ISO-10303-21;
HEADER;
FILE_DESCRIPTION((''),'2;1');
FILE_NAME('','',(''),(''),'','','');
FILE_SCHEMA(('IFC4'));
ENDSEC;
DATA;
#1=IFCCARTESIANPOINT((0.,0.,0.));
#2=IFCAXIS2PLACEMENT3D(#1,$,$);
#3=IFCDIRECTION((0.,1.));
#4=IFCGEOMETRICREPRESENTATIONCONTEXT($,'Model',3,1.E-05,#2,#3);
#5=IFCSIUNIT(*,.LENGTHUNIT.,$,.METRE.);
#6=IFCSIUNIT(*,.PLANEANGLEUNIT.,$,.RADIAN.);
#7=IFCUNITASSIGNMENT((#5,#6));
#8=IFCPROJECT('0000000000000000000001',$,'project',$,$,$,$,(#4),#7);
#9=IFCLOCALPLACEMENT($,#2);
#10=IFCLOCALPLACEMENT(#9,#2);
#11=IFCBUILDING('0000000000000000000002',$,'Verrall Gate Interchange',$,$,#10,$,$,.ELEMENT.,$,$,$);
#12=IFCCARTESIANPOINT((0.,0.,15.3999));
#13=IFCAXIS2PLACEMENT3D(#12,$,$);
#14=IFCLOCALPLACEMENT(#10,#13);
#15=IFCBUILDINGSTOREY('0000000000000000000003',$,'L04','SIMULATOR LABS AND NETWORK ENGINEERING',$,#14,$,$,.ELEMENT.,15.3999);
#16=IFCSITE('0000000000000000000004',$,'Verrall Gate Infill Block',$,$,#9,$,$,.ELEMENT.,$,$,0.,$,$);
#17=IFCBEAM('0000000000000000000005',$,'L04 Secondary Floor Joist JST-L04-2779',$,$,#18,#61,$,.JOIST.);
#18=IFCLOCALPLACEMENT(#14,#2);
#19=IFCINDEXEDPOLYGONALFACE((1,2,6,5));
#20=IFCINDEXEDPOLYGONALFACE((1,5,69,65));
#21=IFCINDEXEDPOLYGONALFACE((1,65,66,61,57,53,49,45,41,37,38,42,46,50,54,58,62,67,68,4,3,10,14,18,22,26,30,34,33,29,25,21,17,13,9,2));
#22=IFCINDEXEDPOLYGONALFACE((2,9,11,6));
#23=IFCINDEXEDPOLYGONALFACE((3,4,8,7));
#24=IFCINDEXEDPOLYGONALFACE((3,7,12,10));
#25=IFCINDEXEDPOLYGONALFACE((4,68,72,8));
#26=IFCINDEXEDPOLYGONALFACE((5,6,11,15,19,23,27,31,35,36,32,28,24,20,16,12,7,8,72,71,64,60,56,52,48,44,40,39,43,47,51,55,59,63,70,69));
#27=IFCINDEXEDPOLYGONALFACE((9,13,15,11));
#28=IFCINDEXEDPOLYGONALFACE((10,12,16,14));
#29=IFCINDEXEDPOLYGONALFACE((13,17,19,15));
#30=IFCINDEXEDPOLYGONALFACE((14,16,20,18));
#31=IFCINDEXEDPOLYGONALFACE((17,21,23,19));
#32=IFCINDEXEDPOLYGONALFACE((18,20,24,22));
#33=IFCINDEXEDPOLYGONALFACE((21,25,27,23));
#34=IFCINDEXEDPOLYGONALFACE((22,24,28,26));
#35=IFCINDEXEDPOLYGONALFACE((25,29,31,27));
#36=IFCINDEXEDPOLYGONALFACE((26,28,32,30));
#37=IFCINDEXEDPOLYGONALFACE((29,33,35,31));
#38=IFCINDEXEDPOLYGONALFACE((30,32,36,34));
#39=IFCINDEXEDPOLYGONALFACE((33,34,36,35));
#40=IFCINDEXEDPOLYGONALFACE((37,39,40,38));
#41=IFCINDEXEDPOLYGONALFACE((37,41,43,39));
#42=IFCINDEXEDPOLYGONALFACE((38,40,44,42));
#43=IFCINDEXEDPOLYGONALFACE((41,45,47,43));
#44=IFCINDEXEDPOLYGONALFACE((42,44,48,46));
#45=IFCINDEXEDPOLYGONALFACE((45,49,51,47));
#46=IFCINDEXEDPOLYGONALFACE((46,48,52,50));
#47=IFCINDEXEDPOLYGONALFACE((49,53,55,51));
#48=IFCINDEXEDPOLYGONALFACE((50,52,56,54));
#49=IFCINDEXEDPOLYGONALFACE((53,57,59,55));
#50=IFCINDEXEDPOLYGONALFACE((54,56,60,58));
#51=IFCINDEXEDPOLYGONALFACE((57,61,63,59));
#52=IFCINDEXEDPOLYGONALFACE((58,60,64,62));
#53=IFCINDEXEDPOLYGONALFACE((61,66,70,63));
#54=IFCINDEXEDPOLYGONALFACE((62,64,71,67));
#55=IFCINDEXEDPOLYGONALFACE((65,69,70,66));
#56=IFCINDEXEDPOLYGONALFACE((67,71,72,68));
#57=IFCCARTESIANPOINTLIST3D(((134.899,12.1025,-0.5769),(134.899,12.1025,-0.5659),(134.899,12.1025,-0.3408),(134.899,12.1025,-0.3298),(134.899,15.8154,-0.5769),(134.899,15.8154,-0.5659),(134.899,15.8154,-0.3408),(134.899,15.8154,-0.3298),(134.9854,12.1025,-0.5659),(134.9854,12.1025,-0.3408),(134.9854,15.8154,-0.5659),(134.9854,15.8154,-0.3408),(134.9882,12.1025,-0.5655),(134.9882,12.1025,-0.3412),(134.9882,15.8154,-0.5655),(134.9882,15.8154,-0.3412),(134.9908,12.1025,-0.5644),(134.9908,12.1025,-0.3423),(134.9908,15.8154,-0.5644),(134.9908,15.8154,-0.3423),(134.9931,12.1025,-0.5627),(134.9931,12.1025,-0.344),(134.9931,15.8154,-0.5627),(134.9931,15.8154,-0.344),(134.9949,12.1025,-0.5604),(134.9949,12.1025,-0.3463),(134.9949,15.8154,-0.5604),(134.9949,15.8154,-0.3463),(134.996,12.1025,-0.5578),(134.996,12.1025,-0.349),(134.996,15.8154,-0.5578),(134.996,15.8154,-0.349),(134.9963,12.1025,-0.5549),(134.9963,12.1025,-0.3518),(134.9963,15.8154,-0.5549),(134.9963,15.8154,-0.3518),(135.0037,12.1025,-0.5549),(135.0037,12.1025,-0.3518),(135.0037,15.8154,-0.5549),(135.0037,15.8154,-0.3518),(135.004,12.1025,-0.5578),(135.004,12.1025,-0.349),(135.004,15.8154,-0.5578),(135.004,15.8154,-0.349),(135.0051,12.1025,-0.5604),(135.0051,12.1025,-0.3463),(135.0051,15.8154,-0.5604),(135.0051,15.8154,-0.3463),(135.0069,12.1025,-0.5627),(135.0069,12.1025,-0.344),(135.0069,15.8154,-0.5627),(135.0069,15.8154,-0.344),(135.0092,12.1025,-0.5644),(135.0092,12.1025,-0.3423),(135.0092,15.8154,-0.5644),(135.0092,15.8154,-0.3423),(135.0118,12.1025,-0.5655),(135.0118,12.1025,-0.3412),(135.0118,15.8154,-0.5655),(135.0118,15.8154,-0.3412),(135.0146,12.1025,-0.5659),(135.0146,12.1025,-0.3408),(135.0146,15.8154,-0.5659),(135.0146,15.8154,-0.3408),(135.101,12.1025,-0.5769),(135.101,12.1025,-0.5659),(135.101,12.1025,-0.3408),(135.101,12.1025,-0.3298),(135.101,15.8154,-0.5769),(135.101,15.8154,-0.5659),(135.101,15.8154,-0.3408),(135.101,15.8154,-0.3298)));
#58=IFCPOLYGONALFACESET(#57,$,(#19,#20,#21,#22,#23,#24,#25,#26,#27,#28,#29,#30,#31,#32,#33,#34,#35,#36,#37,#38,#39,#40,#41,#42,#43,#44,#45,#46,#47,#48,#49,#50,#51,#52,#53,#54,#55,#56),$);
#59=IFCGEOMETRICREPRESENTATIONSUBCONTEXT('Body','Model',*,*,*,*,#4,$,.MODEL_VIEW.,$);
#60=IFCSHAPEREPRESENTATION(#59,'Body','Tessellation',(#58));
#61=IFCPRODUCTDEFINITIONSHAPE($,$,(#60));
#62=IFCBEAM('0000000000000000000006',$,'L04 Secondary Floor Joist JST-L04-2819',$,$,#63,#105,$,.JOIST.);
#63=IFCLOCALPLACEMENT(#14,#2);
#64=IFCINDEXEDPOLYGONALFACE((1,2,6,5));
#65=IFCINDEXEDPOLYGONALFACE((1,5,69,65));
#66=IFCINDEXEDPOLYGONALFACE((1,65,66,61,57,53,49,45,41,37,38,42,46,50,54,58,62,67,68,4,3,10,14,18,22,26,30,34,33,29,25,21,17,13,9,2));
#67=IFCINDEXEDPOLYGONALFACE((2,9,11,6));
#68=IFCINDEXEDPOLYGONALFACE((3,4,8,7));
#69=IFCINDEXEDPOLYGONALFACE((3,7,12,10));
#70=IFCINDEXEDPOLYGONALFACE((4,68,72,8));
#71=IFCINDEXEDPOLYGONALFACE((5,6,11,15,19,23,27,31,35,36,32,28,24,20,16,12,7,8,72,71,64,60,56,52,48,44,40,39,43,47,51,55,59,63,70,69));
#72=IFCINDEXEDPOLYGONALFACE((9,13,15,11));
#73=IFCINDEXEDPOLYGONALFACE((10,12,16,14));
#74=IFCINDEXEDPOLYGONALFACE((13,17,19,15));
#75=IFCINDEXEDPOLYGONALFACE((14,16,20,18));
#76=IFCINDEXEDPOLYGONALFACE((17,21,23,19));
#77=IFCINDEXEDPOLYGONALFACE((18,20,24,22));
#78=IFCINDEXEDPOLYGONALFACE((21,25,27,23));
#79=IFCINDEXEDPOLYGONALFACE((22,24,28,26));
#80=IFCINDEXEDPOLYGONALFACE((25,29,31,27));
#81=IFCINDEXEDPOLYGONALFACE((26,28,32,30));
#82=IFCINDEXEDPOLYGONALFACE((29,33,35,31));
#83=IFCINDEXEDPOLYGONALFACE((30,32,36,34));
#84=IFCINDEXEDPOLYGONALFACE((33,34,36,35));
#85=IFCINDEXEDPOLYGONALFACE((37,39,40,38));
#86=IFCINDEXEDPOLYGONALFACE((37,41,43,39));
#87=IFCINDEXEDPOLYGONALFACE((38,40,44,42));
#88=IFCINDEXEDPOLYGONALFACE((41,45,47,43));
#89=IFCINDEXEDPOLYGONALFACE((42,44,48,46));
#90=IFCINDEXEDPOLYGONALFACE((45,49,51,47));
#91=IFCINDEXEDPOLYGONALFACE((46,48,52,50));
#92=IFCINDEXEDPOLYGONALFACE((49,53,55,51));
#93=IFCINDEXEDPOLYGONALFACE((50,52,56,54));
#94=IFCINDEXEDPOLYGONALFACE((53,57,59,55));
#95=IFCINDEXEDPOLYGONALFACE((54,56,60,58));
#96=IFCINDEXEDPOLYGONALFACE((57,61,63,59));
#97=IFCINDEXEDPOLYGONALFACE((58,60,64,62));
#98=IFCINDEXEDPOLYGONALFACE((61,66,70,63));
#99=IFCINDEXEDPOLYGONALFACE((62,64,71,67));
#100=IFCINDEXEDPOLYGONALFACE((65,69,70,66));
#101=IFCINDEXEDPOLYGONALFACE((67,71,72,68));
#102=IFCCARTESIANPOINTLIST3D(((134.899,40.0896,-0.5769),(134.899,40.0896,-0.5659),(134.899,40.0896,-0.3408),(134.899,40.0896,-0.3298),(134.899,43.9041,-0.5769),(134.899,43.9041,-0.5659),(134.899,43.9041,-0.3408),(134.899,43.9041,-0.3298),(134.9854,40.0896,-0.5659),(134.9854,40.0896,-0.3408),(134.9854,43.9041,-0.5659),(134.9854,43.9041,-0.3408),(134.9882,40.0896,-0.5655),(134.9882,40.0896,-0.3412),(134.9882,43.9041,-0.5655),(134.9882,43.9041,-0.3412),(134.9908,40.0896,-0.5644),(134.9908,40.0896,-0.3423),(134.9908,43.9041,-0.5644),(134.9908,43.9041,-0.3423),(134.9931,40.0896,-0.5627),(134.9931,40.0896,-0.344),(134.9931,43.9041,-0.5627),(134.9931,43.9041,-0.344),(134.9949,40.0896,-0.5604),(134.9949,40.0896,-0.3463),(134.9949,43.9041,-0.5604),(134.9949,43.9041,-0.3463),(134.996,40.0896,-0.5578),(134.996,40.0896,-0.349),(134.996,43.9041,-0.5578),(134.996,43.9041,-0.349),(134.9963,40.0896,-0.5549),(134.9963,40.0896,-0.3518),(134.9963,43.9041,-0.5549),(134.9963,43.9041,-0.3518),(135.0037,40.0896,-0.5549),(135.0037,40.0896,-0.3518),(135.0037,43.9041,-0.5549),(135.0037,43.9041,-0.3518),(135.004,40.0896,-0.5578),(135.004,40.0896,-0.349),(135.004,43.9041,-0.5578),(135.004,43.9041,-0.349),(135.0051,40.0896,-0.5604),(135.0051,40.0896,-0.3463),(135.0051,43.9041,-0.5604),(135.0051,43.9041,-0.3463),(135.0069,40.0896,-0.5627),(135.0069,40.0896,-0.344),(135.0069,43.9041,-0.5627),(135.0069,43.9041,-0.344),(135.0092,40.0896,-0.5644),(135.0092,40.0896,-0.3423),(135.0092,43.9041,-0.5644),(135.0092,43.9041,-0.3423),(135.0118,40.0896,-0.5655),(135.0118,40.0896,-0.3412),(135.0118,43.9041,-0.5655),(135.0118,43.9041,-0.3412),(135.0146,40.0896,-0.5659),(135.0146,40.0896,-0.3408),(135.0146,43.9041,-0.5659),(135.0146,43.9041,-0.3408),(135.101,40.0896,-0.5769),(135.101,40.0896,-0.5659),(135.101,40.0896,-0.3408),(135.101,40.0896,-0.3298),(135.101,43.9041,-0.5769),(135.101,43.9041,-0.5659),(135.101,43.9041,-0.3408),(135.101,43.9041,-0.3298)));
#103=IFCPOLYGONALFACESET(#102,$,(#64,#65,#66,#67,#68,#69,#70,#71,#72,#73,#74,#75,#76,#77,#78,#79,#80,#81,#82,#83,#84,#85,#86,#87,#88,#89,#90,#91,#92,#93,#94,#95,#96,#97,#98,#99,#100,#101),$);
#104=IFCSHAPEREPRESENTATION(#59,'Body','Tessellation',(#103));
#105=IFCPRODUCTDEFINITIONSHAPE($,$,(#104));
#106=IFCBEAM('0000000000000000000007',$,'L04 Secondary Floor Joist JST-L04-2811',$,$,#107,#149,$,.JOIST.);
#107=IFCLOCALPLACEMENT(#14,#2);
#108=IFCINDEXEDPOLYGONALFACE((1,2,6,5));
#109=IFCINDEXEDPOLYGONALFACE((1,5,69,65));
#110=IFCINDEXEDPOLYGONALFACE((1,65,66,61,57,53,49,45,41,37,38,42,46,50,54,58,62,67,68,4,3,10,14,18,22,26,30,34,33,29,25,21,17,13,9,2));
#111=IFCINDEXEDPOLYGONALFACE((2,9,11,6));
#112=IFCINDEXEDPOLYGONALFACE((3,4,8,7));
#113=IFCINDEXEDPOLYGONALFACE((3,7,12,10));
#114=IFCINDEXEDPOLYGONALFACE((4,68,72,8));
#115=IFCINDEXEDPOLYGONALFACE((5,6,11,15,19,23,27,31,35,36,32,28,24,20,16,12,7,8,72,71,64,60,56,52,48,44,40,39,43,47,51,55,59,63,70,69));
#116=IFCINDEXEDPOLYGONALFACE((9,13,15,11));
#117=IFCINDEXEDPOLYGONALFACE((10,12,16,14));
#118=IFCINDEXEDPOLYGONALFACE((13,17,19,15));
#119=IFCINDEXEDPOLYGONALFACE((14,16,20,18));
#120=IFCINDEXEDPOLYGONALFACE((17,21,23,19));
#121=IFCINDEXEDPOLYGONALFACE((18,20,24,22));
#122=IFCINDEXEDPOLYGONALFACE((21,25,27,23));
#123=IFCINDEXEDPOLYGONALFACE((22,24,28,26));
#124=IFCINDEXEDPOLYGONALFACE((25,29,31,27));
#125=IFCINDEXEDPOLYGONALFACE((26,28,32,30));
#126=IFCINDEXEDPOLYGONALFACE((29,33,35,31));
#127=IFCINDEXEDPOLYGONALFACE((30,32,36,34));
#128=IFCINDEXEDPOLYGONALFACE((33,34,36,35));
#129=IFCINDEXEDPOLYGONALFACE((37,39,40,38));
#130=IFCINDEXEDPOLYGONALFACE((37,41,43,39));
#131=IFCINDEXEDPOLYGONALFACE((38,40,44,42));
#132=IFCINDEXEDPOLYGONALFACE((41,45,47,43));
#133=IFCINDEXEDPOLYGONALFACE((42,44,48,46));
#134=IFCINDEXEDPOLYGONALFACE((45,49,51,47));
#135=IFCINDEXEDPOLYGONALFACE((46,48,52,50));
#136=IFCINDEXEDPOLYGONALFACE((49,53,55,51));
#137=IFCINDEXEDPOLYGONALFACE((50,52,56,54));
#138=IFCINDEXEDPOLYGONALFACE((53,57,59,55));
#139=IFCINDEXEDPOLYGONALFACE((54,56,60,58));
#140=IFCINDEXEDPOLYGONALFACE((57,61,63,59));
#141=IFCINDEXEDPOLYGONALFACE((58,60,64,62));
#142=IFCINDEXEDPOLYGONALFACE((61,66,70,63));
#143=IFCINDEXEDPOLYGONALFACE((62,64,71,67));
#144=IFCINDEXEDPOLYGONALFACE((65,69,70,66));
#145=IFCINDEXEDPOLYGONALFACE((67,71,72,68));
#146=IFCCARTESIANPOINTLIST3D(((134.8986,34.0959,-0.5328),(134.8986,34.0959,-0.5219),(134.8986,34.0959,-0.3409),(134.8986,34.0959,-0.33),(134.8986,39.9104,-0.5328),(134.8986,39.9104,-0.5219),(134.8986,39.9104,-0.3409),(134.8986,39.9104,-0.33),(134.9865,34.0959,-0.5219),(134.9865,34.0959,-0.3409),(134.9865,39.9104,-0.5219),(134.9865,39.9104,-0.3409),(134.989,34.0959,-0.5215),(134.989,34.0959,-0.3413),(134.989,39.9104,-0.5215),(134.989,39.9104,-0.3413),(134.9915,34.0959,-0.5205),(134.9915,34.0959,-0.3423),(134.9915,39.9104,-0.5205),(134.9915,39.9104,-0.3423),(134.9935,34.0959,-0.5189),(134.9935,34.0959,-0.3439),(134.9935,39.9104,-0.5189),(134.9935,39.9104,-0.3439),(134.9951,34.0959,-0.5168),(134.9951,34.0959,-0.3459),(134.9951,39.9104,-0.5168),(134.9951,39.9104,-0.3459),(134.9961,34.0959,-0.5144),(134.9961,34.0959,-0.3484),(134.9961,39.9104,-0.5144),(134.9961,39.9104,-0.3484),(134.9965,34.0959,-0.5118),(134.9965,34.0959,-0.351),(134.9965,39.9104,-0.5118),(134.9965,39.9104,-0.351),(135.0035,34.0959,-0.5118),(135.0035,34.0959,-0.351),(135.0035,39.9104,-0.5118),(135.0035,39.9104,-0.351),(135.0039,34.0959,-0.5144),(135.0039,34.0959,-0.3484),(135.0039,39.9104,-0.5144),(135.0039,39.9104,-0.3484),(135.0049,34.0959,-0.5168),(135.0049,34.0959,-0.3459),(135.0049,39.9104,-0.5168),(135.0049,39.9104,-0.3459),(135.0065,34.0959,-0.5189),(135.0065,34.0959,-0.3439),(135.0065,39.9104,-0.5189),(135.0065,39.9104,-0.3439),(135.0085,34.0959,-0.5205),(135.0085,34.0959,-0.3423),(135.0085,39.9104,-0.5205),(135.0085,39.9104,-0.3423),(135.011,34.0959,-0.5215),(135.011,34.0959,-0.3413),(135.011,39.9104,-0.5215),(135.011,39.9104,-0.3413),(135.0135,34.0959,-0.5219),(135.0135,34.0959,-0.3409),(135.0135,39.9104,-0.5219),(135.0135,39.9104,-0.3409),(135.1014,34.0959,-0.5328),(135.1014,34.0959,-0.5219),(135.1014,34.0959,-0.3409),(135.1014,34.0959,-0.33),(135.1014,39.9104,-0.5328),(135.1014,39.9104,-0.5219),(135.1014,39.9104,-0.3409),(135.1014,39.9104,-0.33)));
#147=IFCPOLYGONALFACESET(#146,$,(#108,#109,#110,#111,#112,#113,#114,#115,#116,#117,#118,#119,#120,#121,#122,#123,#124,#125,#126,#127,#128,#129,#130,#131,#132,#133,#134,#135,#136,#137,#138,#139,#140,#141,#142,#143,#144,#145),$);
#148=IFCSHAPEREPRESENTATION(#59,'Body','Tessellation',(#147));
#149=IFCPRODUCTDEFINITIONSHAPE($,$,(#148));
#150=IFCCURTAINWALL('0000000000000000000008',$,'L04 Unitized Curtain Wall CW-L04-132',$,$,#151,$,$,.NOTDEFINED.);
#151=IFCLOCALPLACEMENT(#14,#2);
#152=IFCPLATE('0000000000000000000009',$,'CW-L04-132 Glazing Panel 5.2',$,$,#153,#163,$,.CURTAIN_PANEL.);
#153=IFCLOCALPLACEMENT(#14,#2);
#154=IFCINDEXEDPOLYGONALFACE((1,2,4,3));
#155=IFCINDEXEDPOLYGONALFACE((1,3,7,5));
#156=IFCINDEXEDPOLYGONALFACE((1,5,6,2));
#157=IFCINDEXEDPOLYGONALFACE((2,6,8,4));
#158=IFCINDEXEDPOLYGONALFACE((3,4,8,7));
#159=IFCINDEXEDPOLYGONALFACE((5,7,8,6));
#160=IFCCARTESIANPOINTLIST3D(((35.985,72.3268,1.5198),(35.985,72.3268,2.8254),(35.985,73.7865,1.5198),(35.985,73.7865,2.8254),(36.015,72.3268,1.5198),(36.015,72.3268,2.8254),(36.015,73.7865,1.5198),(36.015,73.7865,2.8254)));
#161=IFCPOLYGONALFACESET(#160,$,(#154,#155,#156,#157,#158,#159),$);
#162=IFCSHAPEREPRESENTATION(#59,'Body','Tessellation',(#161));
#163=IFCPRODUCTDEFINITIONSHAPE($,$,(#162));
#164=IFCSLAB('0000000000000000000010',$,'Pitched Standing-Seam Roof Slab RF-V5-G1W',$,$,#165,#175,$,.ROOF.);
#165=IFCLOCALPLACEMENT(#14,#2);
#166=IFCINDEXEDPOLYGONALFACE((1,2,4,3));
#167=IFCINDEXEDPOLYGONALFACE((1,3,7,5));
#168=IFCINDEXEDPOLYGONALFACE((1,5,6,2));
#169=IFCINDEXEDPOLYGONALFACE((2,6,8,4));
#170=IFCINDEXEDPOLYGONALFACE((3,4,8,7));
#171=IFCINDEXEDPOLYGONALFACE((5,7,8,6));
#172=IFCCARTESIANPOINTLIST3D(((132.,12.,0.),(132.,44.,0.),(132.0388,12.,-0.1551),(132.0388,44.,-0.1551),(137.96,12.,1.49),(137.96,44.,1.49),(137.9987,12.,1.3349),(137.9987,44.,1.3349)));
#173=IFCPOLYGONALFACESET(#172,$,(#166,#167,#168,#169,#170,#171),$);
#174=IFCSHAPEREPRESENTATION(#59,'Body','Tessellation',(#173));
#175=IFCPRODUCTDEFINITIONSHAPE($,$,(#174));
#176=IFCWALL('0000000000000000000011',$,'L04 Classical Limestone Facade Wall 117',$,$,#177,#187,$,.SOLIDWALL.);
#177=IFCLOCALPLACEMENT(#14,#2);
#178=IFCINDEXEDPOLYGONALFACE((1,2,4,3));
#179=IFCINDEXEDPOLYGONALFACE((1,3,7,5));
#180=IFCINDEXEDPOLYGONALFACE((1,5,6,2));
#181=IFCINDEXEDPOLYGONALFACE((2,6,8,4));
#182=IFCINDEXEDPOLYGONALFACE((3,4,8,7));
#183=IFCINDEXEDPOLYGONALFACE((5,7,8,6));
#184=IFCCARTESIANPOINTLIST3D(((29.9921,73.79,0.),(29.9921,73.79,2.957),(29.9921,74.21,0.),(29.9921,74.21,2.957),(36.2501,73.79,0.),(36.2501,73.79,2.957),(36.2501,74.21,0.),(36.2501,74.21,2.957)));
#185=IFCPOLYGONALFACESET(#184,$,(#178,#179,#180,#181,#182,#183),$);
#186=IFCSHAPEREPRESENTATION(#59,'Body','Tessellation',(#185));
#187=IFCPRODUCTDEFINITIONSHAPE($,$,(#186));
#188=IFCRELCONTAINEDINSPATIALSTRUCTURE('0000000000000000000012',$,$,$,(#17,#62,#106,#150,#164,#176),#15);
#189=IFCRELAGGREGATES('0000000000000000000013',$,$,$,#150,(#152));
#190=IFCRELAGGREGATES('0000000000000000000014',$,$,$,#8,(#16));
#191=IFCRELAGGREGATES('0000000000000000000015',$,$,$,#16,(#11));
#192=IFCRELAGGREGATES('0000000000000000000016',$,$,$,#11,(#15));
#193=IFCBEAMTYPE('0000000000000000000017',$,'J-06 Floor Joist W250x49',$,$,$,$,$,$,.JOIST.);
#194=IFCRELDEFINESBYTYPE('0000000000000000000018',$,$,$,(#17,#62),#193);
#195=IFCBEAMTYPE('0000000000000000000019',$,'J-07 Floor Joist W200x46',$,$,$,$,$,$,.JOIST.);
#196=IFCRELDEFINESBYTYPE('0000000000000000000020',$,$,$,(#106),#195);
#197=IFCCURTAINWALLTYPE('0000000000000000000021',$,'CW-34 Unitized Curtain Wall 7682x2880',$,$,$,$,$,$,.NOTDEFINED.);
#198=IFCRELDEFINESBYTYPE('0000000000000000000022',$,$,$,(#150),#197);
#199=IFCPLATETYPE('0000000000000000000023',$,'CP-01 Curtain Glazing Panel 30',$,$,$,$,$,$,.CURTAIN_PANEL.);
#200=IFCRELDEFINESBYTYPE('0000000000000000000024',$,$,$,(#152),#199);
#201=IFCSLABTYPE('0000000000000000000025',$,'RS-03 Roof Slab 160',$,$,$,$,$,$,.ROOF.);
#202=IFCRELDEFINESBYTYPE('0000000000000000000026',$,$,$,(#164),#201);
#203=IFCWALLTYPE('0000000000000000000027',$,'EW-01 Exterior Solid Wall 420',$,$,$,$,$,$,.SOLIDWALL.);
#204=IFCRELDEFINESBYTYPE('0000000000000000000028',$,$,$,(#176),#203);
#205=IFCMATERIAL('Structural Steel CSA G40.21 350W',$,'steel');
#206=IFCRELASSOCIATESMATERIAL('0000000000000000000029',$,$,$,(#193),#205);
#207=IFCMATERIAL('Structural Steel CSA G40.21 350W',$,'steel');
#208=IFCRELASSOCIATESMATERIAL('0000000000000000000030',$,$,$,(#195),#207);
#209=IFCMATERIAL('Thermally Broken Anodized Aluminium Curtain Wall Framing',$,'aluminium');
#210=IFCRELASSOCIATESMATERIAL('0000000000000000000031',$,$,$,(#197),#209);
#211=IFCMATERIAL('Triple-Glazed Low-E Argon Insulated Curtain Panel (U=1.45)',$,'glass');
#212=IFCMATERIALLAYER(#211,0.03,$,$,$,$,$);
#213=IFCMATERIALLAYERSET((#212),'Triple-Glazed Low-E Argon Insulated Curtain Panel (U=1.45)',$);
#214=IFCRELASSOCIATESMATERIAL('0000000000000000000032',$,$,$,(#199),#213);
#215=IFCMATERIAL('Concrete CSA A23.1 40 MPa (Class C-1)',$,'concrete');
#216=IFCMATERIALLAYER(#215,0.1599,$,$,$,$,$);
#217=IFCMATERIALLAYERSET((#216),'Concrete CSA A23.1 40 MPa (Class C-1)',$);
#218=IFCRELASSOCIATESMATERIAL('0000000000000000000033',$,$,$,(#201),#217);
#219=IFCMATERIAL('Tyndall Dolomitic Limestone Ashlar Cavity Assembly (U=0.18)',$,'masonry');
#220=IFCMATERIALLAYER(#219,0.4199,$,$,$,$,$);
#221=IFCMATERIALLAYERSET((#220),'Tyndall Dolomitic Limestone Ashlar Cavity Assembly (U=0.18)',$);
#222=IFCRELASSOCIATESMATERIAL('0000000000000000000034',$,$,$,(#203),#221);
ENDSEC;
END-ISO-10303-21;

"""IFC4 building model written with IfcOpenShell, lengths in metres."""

from ifc_helpers import new_model, si_unit, direction, frame, frame_2d, origin, origin_2d, place, context, subcontext, project, spatial, polyline, rectangle, i_section, outline, extrude, material, layer, layer_set, material_profile, profile_set, type_object, element, aggregate, save


model = new_model("IFC4")

# Units and contexts
model_context = context("Model", 3, precision=1e-05, world=origin(), true_north=direction((0.0, 1.0)))
body_context = subcontext(model_context, "Body", "Model", "MODEL_VIEW")
ifc_project = project(units=[si_unit("LENGTHUNIT", "METRE"), si_unit("PLANEANGLEUNIT", "RADIAN")], contexts=[model_context])

# Site, building, storey
site_placement = place(None, origin())
site = spatial("IfcSite", under=ifc_project, at=site_placement, Name="Verrall Gate Infill Block", CompositionType="ELEMENT", RefElevation=0.0)
building_placement = place(site_placement, origin())
building = spatial("IfcBuilding", under=site, at=building_placement, Name="Verrall Gate Interchange", CompositionType="ELEMENT")
storey_placement = place(building_placement, frame((0.0, 0.0, 15.3999)))
storey = spatial("IfcBuildingStorey", under=building, at=storey_placement, Name="L04", Description="SIMULATOR LABS AND NETWORK ENGINEERING", CompositionType="ELEMENT", Elevation=15.3999)

# Beams
ifc_material_1 = material(Name="Structural Steel CSA G40.21 350W", Category="steel")
ifc_material_profile_1 = material_profile(ifc_material_1, i_section(OverallWidth=0.2019, OverallDepth=0.2471, WebThickness=0.0073, FlangeThickness=0.011, FilletRadius=0.011, at=origin_2d()), Name="W250x49")
ifc_profile_set_1 = profile_set([ifc_material_profile_1], Name="Structural Steel CSA G40.21 350W")
beam_type_1 = type_object("IfcBeamType", Name="J-06 Floor Joist W250x49", PredefinedType="JOIST", material=ifc_profile_set_1)
beam_1_placement = place(storey_placement, frame((135.0, 12.1025, -0.4534), z_axis=(0.0, 1.0, 0.0), x_axis=(-1.0, 0.0, 0.0)))
element("IfcBeam", 1, at=beam_1_placement, inside=storey, type_object=beam_type_1, Name="L04 Secondary Floor Joist JST-L04-2779", PredefinedType="JOIST", context=body_context, shape_type="SweptSolid", body=[
    extrude(i_section(OverallWidth=0.2019, OverallDepth=0.2471, WebThickness=0.0073, FlangeThickness=0.011, FilletRadius=0.011, at=origin_2d()), origin(), (0.0, 0.0, 1.0), 3.7129),
])
beam_2_placement = place(storey_placement, frame((135.0, 40.0896, -0.4534), z_axis=(0.0, 1.0, 0.0), x_axis=(-1.0, 0.0, 0.0)))
element("IfcBeam", 2, at=beam_2_placement, inside=storey, type_object=beam_type_1, Name="L04 Secondary Floor Joist JST-L04-2819", PredefinedType="JOIST", context=body_context, shape_type="SweptSolid", body=[
    extrude(i_section(OverallWidth=0.2019, OverallDepth=0.2471, WebThickness=0.0073, FlangeThickness=0.011, FilletRadius=0.011, at=origin_2d()), origin(), (0.0, 0.0, 1.0), 3.8145),
])
ifc_material_2 = material(Name="Structural Steel CSA G40.21 350W", Category="steel")
ifc_material_profile_2 = material_profile(ifc_material_2, i_section(OverallWidth=0.2029, OverallDepth=0.2029, WebThickness=0.0071, FlangeThickness=0.011, FilletRadius=0.01, at=origin_2d()), Name="W200x46")
ifc_profile_set_2 = profile_set([ifc_material_profile_2], Name="Structural Steel CSA G40.21 350W")
beam_type_2 = type_object("IfcBeamType", Name="J-07 Floor Joist W200x46", PredefinedType="JOIST", material=ifc_profile_set_2)
beam_3_placement = place(storey_placement, frame((135.0, 34.0959, -0.4314), z_axis=(0.0, 1.0, 0.0), x_axis=(-1.0, 0.0, 0.0)))
element("IfcBeam", 3, at=beam_3_placement, inside=storey, type_object=beam_type_2, Name="L04 Secondary Floor Joist JST-L04-2811", PredefinedType="JOIST", context=body_context, shape_type="SweptSolid", body=[
    extrude(i_section(OverallWidth=0.2029, OverallDepth=0.2029, WebThickness=0.0071, FlangeThickness=0.011, FilletRadius=0.01, at=origin_2d()), origin(), (0.0, 0.0, 1.0), 5.8145),
])

# Curtain wall, plate
ifc_material_3 = material(Name="Thermally Broken Anodized Aluminium Curtain Wall Framing", Category="aluminium")
curtain_wall_type = type_object("IfcCurtainWallType", Name="CW-34 Unitized Curtain Wall 7682x2880", PredefinedType="NOTDEFINED", material=ifc_material_3)
curtain_wall_placement = place(storey_placement, origin())
curtain_wall = element("IfcCurtainWall", 4, at=curtain_wall_placement, inside=storey, type_object=curtain_wall_type, Name="L04 Unitized Curtain Wall CW-L04-132", PredefinedType="NOTDEFINED")
ifc_material_4 = material(Name="Triple-Glazed Low-E Argon Insulated Curtain Panel (U=1.45)", Category="glass")
ifc_layer_1 = layer(ifc_material_4, 0.03)
ifc_layer_set_1 = layer_set([ifc_layer_1], Name="Triple-Glazed Low-E Argon Insulated Curtain Panel (U=1.45)")
plate_type = type_object("IfcPlateType", Name="CP-01 Curtain Glazing Panel 30", PredefinedType="CURTAIN_PANEL", material=ifc_layer_set_1)
plate_placement = place(storey_placement, frame((36.0, 73.0566, 1.5198), z_axis=(0.0, 0.0, 1.0), x_axis=(0.0, 1.0, 0.0)))
plate = element("IfcPlate", 5, at=plate_placement, type_object=plate_type, Name="CW-L04-132 Glazing Panel 5.2", PredefinedType="CURTAIN_PANEL", context=body_context, shape_type="SweptSolid", body=[
    extrude(rectangle(XDim=1.4597, YDim=0.03, at=origin_2d()), origin(), (0.0, 0.0, 1.0), 1.3057),
])
aggregate(curtain_wall, [plate])

# Slab
ifc_material_5 = material(Name="Concrete CSA A23.1 40 MPa (Class C-1)", Category="concrete")
ifc_layer_2 = layer(ifc_material_5, 0.1599)
ifc_layer_set_2 = layer_set([ifc_layer_2], Name="Concrete CSA A23.1 40 MPa (Class C-1)")
slab_type = type_object("IfcSlabType", Name="RS-03 Roof Slab 160", PredefinedType="ROOF", material=ifc_layer_set_2)
slab_placement = place(storey_placement, frame((132.0, 12.0, 0.0), z_axis=(-0.242536, 0.0, 0.970143), x_axis=(0.970143, 0.0, 0.242536)))
element("IfcSlab", 6, at=slab_placement, inside=storey, type_object=slab_type, Name="Pitched Standing-Seam Roof Slab RF-V5-G1W", PredefinedType="ROOF", context=body_context, shape_type="SweptSolid", body=[
    extrude(outline(polyline([(0.0, 0.0), (6.1434, 0.0), (6.1434, 32.0), (0.0, 32.0), (0.0, 0.0)])), origin(), (0.0, 0.0, -1.0), 0.1599),
])

# Wall
ifc_material_6 = material(Name="Tyndall Dolomitic Limestone Ashlar Cavity Assembly (U=0.18)", Category="masonry")
ifc_layer_3 = layer(ifc_material_6, 0.4199)
ifc_layer_set_3 = layer_set([ifc_layer_3], Name="Tyndall Dolomitic Limestone Ashlar Cavity Assembly (U=0.18)")
wall_type = type_object("IfcWallType", Name="EW-01 Exterior Solid Wall 420", PredefinedType="SOLIDWALL", material=ifc_layer_set_3)
wall_placement = place(storey_placement, frame((36.25, 74.0, 0.0), z_axis=(0.0, 0.0, 1.0), x_axis=(-1.0, 0.0, 0.0)))
element("IfcWall", 7, at=wall_placement, inside=storey, type_object=wall_type, Name="L04 Classical Limestone Facade Wall 117", PredefinedType="SOLIDWALL", context=body_context, shape_type="SweptSolid", body=[
    extrude(rectangle(XDim=6.2581, YDim=0.4199, at=frame_2d((3.1289, 0.0))), origin(), (0.0, 0.0, 1.0), 2.957),
])

save(model, "model.ifc")
